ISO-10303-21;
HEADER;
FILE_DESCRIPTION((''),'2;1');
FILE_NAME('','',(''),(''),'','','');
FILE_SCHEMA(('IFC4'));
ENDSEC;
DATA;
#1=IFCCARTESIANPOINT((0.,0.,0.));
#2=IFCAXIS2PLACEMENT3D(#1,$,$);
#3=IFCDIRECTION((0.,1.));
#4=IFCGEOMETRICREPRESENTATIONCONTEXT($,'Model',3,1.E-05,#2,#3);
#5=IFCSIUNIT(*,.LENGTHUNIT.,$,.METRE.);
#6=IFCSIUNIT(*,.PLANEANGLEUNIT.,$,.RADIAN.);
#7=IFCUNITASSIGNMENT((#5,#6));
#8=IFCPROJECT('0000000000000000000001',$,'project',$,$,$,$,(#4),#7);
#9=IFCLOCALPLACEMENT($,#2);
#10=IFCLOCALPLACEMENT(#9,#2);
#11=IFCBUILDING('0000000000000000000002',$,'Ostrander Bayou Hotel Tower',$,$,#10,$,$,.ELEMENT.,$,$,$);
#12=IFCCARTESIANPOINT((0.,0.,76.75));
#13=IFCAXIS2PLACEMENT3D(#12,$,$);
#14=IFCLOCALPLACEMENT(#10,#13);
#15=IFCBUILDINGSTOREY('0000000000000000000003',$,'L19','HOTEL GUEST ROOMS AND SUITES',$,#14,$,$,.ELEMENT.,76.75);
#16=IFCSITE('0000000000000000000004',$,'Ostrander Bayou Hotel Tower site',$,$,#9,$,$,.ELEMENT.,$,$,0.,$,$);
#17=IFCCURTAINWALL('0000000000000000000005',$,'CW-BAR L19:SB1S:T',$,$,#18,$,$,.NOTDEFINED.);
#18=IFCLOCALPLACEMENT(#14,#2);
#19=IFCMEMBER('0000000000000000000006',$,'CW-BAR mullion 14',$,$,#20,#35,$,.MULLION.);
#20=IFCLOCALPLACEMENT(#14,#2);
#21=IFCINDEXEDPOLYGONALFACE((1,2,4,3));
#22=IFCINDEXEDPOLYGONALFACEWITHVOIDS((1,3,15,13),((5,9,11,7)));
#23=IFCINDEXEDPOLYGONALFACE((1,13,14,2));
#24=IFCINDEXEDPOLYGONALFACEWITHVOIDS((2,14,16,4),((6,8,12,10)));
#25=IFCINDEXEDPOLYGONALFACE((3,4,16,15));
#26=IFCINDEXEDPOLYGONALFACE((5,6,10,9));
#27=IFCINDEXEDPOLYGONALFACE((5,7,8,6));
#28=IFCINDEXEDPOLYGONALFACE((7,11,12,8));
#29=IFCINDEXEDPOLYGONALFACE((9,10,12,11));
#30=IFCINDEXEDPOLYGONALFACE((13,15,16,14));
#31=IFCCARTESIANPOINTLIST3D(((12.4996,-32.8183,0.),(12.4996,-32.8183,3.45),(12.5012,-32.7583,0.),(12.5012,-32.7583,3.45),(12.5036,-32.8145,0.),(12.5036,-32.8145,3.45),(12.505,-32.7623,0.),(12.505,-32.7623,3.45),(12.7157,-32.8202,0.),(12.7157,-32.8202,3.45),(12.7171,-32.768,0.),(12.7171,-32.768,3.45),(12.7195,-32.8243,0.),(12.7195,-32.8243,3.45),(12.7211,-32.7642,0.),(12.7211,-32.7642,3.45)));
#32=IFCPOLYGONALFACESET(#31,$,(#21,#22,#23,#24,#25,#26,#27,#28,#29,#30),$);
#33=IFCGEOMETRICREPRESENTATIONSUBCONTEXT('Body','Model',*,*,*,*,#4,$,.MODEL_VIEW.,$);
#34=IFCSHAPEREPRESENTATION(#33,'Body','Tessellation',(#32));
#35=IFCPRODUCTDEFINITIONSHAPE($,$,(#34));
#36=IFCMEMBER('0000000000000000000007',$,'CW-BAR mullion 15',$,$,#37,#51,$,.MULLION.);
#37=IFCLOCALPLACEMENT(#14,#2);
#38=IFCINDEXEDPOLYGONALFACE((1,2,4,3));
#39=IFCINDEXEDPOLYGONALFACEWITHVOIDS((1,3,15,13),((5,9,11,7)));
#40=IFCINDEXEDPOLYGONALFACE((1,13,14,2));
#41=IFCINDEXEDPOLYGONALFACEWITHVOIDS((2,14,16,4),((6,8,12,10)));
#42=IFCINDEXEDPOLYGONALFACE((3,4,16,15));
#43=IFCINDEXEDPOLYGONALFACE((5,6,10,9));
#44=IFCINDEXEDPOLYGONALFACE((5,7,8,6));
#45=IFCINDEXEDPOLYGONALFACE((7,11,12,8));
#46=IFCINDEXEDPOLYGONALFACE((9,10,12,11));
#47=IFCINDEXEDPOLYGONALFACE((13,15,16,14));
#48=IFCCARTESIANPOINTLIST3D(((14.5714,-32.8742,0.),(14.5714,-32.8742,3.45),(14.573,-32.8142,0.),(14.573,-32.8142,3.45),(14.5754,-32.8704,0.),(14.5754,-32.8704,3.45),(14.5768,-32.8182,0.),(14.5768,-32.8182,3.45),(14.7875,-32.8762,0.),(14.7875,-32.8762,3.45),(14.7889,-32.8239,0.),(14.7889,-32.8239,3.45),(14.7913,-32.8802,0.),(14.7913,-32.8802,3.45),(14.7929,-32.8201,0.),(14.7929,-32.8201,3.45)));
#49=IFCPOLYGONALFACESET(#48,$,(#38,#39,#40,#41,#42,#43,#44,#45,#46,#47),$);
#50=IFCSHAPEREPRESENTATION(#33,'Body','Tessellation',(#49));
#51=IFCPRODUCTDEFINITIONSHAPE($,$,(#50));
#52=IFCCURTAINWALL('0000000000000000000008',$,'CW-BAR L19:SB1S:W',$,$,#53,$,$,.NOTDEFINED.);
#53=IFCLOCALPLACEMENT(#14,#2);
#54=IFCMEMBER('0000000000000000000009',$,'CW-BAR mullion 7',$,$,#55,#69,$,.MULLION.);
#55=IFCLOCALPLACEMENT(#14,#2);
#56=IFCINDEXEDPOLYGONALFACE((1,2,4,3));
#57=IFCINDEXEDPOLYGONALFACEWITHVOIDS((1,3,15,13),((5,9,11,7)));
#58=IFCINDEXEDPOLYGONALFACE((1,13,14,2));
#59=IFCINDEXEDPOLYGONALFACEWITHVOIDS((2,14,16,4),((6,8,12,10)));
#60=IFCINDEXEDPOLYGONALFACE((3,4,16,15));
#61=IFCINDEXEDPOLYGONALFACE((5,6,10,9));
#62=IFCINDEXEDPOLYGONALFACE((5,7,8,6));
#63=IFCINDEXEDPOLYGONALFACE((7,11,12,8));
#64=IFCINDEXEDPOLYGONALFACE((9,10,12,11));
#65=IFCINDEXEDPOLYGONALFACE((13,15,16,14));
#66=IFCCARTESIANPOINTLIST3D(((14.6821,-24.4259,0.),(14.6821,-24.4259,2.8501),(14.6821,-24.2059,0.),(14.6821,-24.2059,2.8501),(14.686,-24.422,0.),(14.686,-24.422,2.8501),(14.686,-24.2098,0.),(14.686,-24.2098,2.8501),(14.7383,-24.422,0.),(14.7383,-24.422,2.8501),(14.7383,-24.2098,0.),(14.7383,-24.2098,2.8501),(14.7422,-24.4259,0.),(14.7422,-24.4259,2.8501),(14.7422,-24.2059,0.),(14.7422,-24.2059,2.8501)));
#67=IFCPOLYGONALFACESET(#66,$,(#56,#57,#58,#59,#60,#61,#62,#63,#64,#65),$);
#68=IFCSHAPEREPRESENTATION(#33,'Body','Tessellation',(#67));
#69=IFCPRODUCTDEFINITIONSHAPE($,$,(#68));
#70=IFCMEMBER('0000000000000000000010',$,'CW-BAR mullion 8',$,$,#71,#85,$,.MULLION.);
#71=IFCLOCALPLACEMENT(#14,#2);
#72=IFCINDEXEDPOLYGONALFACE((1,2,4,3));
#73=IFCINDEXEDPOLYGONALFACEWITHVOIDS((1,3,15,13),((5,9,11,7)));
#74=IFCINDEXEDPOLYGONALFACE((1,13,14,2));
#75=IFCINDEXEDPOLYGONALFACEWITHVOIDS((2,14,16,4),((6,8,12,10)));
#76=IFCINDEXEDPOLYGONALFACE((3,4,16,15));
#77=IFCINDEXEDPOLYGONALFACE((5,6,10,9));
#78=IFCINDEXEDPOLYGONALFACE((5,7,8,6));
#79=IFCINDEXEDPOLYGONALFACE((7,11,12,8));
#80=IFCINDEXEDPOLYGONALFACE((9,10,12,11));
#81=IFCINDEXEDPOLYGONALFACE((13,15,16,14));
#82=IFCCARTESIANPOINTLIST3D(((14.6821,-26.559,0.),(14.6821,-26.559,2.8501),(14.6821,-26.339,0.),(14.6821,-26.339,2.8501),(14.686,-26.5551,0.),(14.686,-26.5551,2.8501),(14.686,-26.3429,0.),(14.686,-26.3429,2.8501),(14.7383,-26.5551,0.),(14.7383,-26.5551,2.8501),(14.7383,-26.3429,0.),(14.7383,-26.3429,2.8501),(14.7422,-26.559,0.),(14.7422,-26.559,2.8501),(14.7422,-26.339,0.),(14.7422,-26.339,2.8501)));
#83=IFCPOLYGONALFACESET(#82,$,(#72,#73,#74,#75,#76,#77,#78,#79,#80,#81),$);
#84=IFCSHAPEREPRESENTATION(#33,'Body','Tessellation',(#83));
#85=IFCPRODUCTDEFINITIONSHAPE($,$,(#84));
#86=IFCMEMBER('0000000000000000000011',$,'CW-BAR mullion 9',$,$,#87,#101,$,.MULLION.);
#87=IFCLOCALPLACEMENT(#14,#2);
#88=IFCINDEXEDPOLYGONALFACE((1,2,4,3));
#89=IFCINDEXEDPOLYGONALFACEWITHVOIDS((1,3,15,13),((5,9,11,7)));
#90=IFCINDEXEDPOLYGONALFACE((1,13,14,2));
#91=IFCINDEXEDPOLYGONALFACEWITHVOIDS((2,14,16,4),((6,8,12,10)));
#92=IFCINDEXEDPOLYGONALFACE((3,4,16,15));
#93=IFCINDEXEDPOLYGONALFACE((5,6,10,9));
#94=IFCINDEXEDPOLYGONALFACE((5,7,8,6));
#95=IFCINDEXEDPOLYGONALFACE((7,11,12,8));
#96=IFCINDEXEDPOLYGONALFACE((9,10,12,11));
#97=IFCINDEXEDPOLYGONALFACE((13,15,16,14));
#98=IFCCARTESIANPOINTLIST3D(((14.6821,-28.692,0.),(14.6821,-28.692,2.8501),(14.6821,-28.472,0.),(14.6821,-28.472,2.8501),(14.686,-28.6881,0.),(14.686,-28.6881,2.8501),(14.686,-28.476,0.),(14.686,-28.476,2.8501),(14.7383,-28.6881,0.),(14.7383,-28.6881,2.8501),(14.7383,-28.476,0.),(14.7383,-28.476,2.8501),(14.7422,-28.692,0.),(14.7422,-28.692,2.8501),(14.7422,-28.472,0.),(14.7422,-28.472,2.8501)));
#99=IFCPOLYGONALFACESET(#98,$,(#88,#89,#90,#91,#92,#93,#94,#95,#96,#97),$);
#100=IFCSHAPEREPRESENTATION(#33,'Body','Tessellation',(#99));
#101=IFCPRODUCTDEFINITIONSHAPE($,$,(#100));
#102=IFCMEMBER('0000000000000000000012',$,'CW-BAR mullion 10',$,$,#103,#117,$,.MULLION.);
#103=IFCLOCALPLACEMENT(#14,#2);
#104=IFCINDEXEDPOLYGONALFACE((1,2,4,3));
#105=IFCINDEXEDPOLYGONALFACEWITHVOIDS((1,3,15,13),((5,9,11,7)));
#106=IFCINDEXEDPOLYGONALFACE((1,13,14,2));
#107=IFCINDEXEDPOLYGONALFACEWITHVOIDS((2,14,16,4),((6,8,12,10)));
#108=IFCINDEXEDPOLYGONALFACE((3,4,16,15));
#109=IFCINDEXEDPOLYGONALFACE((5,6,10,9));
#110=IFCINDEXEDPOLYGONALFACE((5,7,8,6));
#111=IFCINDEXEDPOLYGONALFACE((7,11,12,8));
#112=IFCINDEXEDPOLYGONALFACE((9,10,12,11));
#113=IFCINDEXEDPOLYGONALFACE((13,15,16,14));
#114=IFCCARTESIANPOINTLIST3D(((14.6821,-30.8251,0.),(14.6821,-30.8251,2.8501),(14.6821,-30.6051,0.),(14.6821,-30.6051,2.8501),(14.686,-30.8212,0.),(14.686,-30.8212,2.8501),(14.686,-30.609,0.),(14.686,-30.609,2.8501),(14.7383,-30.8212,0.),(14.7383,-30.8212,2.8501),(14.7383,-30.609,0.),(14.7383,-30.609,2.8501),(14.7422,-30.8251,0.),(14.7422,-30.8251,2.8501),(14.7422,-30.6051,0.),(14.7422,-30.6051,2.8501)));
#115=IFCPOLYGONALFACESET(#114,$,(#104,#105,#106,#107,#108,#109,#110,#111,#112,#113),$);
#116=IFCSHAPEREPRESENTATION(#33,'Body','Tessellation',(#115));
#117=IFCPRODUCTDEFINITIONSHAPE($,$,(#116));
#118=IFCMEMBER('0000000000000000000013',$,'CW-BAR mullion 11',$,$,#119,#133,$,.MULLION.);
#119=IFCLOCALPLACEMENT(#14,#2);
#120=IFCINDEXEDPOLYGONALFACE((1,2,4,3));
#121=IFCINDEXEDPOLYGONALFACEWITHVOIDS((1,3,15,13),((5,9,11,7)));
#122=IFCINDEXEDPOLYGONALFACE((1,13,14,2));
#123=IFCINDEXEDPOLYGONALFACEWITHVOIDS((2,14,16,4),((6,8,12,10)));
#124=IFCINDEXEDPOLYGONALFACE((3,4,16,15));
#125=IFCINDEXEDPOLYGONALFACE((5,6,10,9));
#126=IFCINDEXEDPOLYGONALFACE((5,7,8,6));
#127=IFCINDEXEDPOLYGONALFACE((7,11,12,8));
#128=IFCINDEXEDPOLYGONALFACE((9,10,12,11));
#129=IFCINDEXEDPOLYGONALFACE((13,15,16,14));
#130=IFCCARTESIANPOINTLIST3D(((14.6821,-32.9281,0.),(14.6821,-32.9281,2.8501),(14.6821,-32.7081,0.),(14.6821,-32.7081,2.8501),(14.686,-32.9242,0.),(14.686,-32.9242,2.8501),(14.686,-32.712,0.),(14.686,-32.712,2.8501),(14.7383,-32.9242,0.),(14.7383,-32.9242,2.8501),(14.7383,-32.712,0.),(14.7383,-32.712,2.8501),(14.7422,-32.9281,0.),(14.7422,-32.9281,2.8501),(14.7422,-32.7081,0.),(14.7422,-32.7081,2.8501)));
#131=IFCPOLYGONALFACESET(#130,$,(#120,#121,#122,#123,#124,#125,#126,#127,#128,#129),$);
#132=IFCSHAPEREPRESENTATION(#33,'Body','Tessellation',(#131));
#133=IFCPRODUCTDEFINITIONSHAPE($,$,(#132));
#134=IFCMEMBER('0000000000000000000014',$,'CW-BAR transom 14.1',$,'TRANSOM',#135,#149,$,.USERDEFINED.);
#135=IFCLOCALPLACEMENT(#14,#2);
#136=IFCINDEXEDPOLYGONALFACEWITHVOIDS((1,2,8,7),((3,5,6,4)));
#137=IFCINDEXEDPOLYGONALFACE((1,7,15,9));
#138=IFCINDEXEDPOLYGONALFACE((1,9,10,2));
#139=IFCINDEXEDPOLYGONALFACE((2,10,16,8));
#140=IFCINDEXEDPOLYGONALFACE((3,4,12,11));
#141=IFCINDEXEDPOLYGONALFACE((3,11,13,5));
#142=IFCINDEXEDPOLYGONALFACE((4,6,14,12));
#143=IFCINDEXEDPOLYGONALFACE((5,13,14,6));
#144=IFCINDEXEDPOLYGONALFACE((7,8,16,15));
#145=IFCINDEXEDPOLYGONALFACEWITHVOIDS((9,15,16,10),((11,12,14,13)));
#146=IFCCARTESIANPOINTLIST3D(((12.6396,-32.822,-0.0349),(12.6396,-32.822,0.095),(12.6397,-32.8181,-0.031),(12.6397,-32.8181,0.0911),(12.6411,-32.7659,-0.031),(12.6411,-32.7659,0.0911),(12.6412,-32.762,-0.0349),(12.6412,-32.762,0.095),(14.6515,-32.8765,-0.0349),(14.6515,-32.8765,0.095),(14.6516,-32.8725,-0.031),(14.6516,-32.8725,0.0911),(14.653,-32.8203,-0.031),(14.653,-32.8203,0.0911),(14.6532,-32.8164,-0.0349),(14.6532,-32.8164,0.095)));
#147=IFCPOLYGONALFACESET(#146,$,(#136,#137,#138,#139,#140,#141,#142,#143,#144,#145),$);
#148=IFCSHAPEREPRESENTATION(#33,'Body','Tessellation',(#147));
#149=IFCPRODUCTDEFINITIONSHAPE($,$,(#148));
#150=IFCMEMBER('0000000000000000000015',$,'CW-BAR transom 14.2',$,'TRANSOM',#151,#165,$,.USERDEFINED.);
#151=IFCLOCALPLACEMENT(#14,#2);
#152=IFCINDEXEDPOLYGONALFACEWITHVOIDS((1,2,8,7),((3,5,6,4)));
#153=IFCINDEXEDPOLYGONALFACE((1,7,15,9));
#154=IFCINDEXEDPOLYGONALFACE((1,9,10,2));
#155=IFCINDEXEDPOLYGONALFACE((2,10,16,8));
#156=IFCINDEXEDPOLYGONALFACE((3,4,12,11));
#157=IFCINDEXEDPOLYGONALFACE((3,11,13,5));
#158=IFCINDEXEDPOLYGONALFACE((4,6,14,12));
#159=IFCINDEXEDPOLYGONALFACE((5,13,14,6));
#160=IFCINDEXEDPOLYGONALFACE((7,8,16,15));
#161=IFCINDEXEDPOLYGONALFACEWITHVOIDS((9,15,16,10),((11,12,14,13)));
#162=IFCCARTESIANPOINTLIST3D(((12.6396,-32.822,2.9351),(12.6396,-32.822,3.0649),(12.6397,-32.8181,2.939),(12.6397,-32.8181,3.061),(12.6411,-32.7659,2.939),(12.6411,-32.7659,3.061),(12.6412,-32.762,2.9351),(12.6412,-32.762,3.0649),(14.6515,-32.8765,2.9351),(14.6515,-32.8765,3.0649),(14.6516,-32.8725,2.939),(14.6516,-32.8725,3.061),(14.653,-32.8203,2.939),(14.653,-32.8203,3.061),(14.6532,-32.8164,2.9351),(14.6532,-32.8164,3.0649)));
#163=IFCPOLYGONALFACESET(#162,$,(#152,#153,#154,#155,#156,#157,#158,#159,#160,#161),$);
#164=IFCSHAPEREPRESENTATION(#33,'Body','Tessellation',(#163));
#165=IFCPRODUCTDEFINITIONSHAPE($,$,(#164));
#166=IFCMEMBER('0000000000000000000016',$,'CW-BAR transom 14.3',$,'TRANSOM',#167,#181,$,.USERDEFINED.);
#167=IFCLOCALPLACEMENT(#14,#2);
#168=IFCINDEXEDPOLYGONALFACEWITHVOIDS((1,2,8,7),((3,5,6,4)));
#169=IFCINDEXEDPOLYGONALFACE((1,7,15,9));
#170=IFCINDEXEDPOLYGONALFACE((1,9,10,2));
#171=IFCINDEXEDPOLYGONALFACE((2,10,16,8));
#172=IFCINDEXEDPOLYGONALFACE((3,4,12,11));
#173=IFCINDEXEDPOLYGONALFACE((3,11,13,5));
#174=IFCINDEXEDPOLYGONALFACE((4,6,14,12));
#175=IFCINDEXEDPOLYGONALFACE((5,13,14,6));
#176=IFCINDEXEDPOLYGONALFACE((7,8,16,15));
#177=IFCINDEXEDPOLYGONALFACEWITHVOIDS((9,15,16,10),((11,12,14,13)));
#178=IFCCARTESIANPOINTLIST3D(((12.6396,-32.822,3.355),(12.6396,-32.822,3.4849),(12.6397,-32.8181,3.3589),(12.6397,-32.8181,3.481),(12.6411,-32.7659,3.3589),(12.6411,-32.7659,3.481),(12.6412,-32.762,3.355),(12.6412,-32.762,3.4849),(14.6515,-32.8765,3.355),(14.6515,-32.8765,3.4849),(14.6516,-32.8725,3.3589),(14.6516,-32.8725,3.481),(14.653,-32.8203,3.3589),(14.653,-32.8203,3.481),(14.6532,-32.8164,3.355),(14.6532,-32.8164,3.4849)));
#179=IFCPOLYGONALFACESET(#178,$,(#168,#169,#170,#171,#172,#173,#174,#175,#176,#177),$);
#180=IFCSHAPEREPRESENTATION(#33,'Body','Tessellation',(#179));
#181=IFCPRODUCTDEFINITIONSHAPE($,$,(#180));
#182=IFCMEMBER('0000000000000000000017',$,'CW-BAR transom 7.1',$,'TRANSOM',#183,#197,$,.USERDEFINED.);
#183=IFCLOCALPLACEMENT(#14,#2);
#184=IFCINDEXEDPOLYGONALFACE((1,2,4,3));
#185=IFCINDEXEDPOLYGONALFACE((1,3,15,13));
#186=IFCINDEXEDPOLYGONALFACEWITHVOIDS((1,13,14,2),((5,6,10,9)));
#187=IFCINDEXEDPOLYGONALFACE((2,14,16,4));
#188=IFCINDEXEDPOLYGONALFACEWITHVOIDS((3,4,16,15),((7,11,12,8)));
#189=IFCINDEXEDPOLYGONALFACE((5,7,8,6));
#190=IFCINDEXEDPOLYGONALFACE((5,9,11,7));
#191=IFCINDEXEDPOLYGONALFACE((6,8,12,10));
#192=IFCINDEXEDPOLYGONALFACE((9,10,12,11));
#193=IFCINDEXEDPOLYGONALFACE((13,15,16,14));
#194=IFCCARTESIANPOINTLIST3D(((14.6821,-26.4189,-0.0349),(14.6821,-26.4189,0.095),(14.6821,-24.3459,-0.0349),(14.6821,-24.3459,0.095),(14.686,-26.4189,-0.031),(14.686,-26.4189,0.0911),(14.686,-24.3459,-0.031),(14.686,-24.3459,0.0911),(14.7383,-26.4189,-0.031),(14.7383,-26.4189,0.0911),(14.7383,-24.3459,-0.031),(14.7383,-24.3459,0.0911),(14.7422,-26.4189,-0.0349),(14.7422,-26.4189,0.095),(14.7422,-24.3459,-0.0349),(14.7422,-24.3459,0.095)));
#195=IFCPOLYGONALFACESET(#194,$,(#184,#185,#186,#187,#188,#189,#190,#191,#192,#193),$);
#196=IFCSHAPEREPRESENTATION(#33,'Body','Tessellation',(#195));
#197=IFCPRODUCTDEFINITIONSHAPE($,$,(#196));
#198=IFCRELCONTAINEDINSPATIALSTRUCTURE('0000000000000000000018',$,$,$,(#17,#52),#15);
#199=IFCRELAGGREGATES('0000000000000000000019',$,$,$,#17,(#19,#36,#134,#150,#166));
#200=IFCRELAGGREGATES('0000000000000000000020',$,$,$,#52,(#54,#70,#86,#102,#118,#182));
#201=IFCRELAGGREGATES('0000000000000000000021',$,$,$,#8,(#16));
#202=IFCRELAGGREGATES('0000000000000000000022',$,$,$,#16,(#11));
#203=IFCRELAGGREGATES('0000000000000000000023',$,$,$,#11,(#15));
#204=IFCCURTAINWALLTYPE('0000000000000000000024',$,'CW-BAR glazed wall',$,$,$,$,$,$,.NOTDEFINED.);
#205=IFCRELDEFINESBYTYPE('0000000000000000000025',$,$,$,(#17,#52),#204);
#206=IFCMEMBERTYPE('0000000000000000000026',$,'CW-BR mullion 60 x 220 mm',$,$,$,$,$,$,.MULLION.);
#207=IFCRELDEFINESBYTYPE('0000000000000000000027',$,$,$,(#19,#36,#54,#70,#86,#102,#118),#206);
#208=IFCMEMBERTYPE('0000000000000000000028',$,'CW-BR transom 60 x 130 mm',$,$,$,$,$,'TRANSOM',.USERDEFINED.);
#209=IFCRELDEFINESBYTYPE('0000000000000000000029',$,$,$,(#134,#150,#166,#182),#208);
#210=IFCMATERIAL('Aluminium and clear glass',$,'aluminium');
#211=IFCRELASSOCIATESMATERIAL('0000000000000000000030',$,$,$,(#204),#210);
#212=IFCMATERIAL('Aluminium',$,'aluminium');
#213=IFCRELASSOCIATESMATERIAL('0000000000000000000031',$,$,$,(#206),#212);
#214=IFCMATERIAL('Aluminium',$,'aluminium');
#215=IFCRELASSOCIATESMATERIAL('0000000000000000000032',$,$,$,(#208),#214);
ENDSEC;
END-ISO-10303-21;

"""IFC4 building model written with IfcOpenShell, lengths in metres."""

from ifc_helpers import new_model, si_unit, direction, frame, origin, origin_2d, place, context, subcontext, project, spatial, hollow_rectangle, extrude, material, material_profile, profile_set, type_object, element, aggregate, save


model = new_model("IFC4")

# Units and contexts
model_context = context("Model", 3, precision=1e-05, world=origin(), true_north=direction((0.0, 1.0)))
body_context = subcontext(model_context, "Body", "Model", "MODEL_VIEW")
ifc_project = project(units=[si_unit("LENGTHUNIT", "METRE"), si_unit("PLANEANGLEUNIT", "RADIAN")], contexts=[model_context])

# Site, building, storey
site_placement = place(None, origin())
site = spatial("IfcSite", under=ifc_project, at=site_placement, Name="Ostrander Bayou Hotel Tower site", CompositionType="ELEMENT", RefElevation=0.0)
building_placement = place(site_placement, origin())
building = spatial("IfcBuilding", under=site, at=building_placement, Name="Ostrander Bayou Hotel Tower", CompositionType="ELEMENT")
storey_placement = place(building_placement, frame((0.0, 0.0, 76.75)))
storey = spatial("IfcBuildingStorey", under=building, at=storey_placement, Name="L19", Description="HOTEL GUEST ROOMS AND SUITES", CompositionType="ELEMENT", Elevation=76.75)

# Curtain walls, members
ifc_material_1 = material(Name="Aluminium and clear glass", Category="aluminium")
curtain_wall_type = type_object("IfcCurtainWallType", Name="CW-BAR glazed wall", PredefinedType="NOTDEFINED", material=ifc_material_1)
curtain_wall_1_placement = place(storey_placement, origin())
curtain_wall_1 = element("IfcCurtainWall", 1, at=curtain_wall_1_placement, inside=storey, type_object=curtain_wall_type, Name="CW-BAR L19:SB1S:T", PredefinedType="NOTDEFINED")
ifc_material_2 = material(Name="Aluminium", Category="aluminium")
ifc_material_profile_1 = material_profile(ifc_material_2, hollow_rectangle(XDim=0.0601, YDim=0.22, WallThickness=0.0039, at=origin_2d()))
ifc_profile_set_1 = profile_set([ifc_material_profile_1], Name="Aluminium")
member_type_1 = type_object("IfcMemberType", Name="CW-BR mullion 60 x 220 mm", PredefinedType="MULLION", material=ifc_profile_set_1)
member_1_placement = place(storey_placement, frame((12.6104, -32.7913, 0.0), z_axis=(0.0, 0.0, 1.0), x_axis=(0.027042, 0.999634, 0.0)))
member_1 = element("IfcMember", 2, at=member_1_placement, type_object=member_type_1, Name="CW-BAR mullion 14", PredefinedType="MULLION", context=body_context, shape_type="SweptSolid", body=[
    extrude(hollow_rectangle(XDim=0.0601, YDim=0.22, WallThickness=0.0039, at=origin_2d()), origin(), (0.0, 0.0, 1.0), 3.45),
])
member_2_placement = place(storey_placement, frame((14.6821, -32.8472, 0.0), z_axis=(0.0, 0.0, 1.0), x_axis=(0.027042, 0.999634, 0.0)))
member_2 = element("IfcMember", 3, at=member_2_placement, type_object=member_type_1, Name="CW-BAR mullion 15", PredefinedType="MULLION", context=body_context, shape_type="SweptSolid", body=[
    extrude(hollow_rectangle(XDim=0.0601, YDim=0.22, WallThickness=0.0039, at=origin_2d()), origin(), (0.0, 0.0, 1.0), 3.45),
])
curtain_wall_2_placement = place(storey_placement, origin())
curtain_wall_2 = element("IfcCurtainWall", 4, at=curtain_wall_2_placement, inside=storey, type_object=curtain_wall_type, Name="CW-BAR L19:SB1S:W", PredefinedType="NOTDEFINED")
member_3_placement = place(storey_placement, frame((14.7122, -24.3159, 0.0), z_axis=(0.0, 0.0, 1.0), x_axis=(1.0, 0.0, 0.0)))
member_3 = element("IfcMember", 5, at=member_3_placement, type_object=member_type_1, Name="CW-BAR mullion 7", PredefinedType="MULLION", context=body_context, shape_type="SweptSolid", body=[
    extrude(hollow_rectangle(XDim=0.0601, YDim=0.22, WallThickness=0.0039, at=origin_2d()), origin(), (0.0, 0.0, 1.0), 2.8501),
])
member_4_placement = place(storey_placement, frame((14.7122, -26.449, 0.0), z_axis=(0.0, 0.0, 1.0), x_axis=(1.0, 0.0, 0.0)))
member_4 = element("IfcMember", 6, at=member_4_placement, type_object=member_type_1, Name="CW-BAR mullion 8", PredefinedType="MULLION", context=body_context, shape_type="SweptSolid", body=[
    extrude(hollow_rectangle(XDim=0.0601, YDim=0.22, WallThickness=0.0039, at=origin_2d()), origin(), (0.0, 0.0, 1.0), 2.8501),
])
member_5_placement = place(storey_placement, frame((14.7122, -28.582, 0.0), z_axis=(0.0, 0.0, 1.0), x_axis=(1.0, 0.0, 0.0)))
member_5 = element("IfcMember", 7, at=member_5_placement, type_object=member_type_1, Name="CW-BAR mullion 9", PredefinedType="MULLION", context=body_context, shape_type="SweptSolid", body=[
    extrude(hollow_rectangle(XDim=0.0601, YDim=0.22, WallThickness=0.0039, at=origin_2d()), origin(), (0.0, 0.0, 1.0), 2.8501),
])
member_6_placement = place(storey_placement, frame((14.7122, -30.7151, 0.0), z_axis=(0.0, 0.0, 1.0), x_axis=(1.0, 0.0, 0.0)))
member_6 = element("IfcMember", 8, at=member_6_placement, type_object=member_type_1, Name="CW-BAR mullion 10", PredefinedType="MULLION", context=body_context, shape_type="SweptSolid", body=[
    extrude(hollow_rectangle(XDim=0.0601, YDim=0.22, WallThickness=0.0039, at=origin_2d()), origin(), (0.0, 0.0, 1.0), 2.8501),
])
member_7_placement = place(storey_placement, frame((14.7122, -32.8181, 0.0), z_axis=(0.0, 0.0, 1.0), x_axis=(1.0, 0.0, 0.0)))
member_7 = element("IfcMember", 9, at=member_7_placement, type_object=member_type_1, Name="CW-BAR mullion 11", PredefinedType="MULLION", context=body_context, shape_type="SweptSolid", body=[
    extrude(hollow_rectangle(XDim=0.0601, YDim=0.22, WallThickness=0.0039, at=origin_2d()), origin(), (0.0, 0.0, 1.0), 2.8501),
])

# Members
ifc_material_3 = material(Name="Aluminium", Category="aluminium")
ifc_material_profile_2 = material_profile(ifc_material_3, hollow_rectangle(XDim=0.0601, YDim=0.1299, WallThickness=0.0039, at=origin_2d()))
ifc_profile_set_2 = profile_set([ifc_material_profile_2], Name="Aluminium")
member_type_2 = type_object("IfcMemberType", Name="CW-BR transom 60 x 130 mm", ElementType="TRANSOM", PredefinedType="USERDEFINED", material=ifc_profile_set_2)
member_8_placement = place(storey_placement, frame((12.6404, -32.792, 0.03), z_axis=(0.999634, -0.02705, 0.0), x_axis=(0.02705, 0.999634, 0.0)))
member_8 = element("IfcMember", 10, at=member_8_placement, type_object=member_type_2, Name="CW-BAR transom 14.1", ObjectType="TRANSOM", PredefinedType="USERDEFINED", context=body_context, shape_type="SweptSolid", body=[
    extrude(hollow_rectangle(XDim=0.0601, YDim=0.1299, WallThickness=0.0039, at=origin_2d()), origin(), (0.0, 0.0, 1.0), 2.0127),
])
member_9_placement = place(storey_placement, frame((12.6404, -32.792, 3.0), z_axis=(0.999634, -0.02705, 0.0), x_axis=(0.02705, 0.999634, 0.0)))
member_9 = element("IfcMember", 11, at=member_9_placement, type_object=member_type_2, Name="CW-BAR transom 14.2", ObjectType="TRANSOM", PredefinedType="USERDEFINED", context=body_context, shape_type="SweptSolid", body=[
    extrude(hollow_rectangle(XDim=0.0601, YDim=0.1299, WallThickness=0.0039, at=origin_2d()), origin(), (0.0, 0.0, 1.0), 2.0127),
])
member_10_placement = place(storey_placement, frame((12.6404, -32.792, 3.4199), z_axis=(0.999634, -0.02705, 0.0), x_axis=(0.02705, 0.999634, 0.0)))
member_10 = element("IfcMember", 12, at=member_10_placement, type_object=member_type_2, Name="CW-BAR transom 14.3", ObjectType="TRANSOM", PredefinedType="USERDEFINED", context=body_context, shape_type="SweptSolid", body=[
    extrude(hollow_rectangle(XDim=0.0601, YDim=0.1299, WallThickness=0.0039, at=origin_2d()), origin(), (0.0, 0.0, 1.0), 2.0127),
])
member_11_placement = place(storey_placement, frame((14.7122, -24.3459, 0.03), z_axis=(0.0, -1.0, 0.0), x_axis=(1.0, 0.0, 0.0)))
member_11 = element("IfcMember", 13, at=member_11_placement, type_object=member_type_2, Name="CW-BAR transom 7.1", ObjectType="TRANSOM", PredefinedType="USERDEFINED", context=body_context, shape_type="SweptSolid", body=[
    extrude(hollow_rectangle(XDim=0.0601, YDim=0.1299, WallThickness=0.0039, at=origin_2d()), origin(), (0.0, 0.0, 1.0), 2.073),
])

aggregate(curtain_wall_1, [member_1, member_2, member_8, member_9, member_10])
aggregate(curtain_wall_2, [member_3, member_4, member_5, member_6, member_7, member_11])

save(model, "model.ifc")
